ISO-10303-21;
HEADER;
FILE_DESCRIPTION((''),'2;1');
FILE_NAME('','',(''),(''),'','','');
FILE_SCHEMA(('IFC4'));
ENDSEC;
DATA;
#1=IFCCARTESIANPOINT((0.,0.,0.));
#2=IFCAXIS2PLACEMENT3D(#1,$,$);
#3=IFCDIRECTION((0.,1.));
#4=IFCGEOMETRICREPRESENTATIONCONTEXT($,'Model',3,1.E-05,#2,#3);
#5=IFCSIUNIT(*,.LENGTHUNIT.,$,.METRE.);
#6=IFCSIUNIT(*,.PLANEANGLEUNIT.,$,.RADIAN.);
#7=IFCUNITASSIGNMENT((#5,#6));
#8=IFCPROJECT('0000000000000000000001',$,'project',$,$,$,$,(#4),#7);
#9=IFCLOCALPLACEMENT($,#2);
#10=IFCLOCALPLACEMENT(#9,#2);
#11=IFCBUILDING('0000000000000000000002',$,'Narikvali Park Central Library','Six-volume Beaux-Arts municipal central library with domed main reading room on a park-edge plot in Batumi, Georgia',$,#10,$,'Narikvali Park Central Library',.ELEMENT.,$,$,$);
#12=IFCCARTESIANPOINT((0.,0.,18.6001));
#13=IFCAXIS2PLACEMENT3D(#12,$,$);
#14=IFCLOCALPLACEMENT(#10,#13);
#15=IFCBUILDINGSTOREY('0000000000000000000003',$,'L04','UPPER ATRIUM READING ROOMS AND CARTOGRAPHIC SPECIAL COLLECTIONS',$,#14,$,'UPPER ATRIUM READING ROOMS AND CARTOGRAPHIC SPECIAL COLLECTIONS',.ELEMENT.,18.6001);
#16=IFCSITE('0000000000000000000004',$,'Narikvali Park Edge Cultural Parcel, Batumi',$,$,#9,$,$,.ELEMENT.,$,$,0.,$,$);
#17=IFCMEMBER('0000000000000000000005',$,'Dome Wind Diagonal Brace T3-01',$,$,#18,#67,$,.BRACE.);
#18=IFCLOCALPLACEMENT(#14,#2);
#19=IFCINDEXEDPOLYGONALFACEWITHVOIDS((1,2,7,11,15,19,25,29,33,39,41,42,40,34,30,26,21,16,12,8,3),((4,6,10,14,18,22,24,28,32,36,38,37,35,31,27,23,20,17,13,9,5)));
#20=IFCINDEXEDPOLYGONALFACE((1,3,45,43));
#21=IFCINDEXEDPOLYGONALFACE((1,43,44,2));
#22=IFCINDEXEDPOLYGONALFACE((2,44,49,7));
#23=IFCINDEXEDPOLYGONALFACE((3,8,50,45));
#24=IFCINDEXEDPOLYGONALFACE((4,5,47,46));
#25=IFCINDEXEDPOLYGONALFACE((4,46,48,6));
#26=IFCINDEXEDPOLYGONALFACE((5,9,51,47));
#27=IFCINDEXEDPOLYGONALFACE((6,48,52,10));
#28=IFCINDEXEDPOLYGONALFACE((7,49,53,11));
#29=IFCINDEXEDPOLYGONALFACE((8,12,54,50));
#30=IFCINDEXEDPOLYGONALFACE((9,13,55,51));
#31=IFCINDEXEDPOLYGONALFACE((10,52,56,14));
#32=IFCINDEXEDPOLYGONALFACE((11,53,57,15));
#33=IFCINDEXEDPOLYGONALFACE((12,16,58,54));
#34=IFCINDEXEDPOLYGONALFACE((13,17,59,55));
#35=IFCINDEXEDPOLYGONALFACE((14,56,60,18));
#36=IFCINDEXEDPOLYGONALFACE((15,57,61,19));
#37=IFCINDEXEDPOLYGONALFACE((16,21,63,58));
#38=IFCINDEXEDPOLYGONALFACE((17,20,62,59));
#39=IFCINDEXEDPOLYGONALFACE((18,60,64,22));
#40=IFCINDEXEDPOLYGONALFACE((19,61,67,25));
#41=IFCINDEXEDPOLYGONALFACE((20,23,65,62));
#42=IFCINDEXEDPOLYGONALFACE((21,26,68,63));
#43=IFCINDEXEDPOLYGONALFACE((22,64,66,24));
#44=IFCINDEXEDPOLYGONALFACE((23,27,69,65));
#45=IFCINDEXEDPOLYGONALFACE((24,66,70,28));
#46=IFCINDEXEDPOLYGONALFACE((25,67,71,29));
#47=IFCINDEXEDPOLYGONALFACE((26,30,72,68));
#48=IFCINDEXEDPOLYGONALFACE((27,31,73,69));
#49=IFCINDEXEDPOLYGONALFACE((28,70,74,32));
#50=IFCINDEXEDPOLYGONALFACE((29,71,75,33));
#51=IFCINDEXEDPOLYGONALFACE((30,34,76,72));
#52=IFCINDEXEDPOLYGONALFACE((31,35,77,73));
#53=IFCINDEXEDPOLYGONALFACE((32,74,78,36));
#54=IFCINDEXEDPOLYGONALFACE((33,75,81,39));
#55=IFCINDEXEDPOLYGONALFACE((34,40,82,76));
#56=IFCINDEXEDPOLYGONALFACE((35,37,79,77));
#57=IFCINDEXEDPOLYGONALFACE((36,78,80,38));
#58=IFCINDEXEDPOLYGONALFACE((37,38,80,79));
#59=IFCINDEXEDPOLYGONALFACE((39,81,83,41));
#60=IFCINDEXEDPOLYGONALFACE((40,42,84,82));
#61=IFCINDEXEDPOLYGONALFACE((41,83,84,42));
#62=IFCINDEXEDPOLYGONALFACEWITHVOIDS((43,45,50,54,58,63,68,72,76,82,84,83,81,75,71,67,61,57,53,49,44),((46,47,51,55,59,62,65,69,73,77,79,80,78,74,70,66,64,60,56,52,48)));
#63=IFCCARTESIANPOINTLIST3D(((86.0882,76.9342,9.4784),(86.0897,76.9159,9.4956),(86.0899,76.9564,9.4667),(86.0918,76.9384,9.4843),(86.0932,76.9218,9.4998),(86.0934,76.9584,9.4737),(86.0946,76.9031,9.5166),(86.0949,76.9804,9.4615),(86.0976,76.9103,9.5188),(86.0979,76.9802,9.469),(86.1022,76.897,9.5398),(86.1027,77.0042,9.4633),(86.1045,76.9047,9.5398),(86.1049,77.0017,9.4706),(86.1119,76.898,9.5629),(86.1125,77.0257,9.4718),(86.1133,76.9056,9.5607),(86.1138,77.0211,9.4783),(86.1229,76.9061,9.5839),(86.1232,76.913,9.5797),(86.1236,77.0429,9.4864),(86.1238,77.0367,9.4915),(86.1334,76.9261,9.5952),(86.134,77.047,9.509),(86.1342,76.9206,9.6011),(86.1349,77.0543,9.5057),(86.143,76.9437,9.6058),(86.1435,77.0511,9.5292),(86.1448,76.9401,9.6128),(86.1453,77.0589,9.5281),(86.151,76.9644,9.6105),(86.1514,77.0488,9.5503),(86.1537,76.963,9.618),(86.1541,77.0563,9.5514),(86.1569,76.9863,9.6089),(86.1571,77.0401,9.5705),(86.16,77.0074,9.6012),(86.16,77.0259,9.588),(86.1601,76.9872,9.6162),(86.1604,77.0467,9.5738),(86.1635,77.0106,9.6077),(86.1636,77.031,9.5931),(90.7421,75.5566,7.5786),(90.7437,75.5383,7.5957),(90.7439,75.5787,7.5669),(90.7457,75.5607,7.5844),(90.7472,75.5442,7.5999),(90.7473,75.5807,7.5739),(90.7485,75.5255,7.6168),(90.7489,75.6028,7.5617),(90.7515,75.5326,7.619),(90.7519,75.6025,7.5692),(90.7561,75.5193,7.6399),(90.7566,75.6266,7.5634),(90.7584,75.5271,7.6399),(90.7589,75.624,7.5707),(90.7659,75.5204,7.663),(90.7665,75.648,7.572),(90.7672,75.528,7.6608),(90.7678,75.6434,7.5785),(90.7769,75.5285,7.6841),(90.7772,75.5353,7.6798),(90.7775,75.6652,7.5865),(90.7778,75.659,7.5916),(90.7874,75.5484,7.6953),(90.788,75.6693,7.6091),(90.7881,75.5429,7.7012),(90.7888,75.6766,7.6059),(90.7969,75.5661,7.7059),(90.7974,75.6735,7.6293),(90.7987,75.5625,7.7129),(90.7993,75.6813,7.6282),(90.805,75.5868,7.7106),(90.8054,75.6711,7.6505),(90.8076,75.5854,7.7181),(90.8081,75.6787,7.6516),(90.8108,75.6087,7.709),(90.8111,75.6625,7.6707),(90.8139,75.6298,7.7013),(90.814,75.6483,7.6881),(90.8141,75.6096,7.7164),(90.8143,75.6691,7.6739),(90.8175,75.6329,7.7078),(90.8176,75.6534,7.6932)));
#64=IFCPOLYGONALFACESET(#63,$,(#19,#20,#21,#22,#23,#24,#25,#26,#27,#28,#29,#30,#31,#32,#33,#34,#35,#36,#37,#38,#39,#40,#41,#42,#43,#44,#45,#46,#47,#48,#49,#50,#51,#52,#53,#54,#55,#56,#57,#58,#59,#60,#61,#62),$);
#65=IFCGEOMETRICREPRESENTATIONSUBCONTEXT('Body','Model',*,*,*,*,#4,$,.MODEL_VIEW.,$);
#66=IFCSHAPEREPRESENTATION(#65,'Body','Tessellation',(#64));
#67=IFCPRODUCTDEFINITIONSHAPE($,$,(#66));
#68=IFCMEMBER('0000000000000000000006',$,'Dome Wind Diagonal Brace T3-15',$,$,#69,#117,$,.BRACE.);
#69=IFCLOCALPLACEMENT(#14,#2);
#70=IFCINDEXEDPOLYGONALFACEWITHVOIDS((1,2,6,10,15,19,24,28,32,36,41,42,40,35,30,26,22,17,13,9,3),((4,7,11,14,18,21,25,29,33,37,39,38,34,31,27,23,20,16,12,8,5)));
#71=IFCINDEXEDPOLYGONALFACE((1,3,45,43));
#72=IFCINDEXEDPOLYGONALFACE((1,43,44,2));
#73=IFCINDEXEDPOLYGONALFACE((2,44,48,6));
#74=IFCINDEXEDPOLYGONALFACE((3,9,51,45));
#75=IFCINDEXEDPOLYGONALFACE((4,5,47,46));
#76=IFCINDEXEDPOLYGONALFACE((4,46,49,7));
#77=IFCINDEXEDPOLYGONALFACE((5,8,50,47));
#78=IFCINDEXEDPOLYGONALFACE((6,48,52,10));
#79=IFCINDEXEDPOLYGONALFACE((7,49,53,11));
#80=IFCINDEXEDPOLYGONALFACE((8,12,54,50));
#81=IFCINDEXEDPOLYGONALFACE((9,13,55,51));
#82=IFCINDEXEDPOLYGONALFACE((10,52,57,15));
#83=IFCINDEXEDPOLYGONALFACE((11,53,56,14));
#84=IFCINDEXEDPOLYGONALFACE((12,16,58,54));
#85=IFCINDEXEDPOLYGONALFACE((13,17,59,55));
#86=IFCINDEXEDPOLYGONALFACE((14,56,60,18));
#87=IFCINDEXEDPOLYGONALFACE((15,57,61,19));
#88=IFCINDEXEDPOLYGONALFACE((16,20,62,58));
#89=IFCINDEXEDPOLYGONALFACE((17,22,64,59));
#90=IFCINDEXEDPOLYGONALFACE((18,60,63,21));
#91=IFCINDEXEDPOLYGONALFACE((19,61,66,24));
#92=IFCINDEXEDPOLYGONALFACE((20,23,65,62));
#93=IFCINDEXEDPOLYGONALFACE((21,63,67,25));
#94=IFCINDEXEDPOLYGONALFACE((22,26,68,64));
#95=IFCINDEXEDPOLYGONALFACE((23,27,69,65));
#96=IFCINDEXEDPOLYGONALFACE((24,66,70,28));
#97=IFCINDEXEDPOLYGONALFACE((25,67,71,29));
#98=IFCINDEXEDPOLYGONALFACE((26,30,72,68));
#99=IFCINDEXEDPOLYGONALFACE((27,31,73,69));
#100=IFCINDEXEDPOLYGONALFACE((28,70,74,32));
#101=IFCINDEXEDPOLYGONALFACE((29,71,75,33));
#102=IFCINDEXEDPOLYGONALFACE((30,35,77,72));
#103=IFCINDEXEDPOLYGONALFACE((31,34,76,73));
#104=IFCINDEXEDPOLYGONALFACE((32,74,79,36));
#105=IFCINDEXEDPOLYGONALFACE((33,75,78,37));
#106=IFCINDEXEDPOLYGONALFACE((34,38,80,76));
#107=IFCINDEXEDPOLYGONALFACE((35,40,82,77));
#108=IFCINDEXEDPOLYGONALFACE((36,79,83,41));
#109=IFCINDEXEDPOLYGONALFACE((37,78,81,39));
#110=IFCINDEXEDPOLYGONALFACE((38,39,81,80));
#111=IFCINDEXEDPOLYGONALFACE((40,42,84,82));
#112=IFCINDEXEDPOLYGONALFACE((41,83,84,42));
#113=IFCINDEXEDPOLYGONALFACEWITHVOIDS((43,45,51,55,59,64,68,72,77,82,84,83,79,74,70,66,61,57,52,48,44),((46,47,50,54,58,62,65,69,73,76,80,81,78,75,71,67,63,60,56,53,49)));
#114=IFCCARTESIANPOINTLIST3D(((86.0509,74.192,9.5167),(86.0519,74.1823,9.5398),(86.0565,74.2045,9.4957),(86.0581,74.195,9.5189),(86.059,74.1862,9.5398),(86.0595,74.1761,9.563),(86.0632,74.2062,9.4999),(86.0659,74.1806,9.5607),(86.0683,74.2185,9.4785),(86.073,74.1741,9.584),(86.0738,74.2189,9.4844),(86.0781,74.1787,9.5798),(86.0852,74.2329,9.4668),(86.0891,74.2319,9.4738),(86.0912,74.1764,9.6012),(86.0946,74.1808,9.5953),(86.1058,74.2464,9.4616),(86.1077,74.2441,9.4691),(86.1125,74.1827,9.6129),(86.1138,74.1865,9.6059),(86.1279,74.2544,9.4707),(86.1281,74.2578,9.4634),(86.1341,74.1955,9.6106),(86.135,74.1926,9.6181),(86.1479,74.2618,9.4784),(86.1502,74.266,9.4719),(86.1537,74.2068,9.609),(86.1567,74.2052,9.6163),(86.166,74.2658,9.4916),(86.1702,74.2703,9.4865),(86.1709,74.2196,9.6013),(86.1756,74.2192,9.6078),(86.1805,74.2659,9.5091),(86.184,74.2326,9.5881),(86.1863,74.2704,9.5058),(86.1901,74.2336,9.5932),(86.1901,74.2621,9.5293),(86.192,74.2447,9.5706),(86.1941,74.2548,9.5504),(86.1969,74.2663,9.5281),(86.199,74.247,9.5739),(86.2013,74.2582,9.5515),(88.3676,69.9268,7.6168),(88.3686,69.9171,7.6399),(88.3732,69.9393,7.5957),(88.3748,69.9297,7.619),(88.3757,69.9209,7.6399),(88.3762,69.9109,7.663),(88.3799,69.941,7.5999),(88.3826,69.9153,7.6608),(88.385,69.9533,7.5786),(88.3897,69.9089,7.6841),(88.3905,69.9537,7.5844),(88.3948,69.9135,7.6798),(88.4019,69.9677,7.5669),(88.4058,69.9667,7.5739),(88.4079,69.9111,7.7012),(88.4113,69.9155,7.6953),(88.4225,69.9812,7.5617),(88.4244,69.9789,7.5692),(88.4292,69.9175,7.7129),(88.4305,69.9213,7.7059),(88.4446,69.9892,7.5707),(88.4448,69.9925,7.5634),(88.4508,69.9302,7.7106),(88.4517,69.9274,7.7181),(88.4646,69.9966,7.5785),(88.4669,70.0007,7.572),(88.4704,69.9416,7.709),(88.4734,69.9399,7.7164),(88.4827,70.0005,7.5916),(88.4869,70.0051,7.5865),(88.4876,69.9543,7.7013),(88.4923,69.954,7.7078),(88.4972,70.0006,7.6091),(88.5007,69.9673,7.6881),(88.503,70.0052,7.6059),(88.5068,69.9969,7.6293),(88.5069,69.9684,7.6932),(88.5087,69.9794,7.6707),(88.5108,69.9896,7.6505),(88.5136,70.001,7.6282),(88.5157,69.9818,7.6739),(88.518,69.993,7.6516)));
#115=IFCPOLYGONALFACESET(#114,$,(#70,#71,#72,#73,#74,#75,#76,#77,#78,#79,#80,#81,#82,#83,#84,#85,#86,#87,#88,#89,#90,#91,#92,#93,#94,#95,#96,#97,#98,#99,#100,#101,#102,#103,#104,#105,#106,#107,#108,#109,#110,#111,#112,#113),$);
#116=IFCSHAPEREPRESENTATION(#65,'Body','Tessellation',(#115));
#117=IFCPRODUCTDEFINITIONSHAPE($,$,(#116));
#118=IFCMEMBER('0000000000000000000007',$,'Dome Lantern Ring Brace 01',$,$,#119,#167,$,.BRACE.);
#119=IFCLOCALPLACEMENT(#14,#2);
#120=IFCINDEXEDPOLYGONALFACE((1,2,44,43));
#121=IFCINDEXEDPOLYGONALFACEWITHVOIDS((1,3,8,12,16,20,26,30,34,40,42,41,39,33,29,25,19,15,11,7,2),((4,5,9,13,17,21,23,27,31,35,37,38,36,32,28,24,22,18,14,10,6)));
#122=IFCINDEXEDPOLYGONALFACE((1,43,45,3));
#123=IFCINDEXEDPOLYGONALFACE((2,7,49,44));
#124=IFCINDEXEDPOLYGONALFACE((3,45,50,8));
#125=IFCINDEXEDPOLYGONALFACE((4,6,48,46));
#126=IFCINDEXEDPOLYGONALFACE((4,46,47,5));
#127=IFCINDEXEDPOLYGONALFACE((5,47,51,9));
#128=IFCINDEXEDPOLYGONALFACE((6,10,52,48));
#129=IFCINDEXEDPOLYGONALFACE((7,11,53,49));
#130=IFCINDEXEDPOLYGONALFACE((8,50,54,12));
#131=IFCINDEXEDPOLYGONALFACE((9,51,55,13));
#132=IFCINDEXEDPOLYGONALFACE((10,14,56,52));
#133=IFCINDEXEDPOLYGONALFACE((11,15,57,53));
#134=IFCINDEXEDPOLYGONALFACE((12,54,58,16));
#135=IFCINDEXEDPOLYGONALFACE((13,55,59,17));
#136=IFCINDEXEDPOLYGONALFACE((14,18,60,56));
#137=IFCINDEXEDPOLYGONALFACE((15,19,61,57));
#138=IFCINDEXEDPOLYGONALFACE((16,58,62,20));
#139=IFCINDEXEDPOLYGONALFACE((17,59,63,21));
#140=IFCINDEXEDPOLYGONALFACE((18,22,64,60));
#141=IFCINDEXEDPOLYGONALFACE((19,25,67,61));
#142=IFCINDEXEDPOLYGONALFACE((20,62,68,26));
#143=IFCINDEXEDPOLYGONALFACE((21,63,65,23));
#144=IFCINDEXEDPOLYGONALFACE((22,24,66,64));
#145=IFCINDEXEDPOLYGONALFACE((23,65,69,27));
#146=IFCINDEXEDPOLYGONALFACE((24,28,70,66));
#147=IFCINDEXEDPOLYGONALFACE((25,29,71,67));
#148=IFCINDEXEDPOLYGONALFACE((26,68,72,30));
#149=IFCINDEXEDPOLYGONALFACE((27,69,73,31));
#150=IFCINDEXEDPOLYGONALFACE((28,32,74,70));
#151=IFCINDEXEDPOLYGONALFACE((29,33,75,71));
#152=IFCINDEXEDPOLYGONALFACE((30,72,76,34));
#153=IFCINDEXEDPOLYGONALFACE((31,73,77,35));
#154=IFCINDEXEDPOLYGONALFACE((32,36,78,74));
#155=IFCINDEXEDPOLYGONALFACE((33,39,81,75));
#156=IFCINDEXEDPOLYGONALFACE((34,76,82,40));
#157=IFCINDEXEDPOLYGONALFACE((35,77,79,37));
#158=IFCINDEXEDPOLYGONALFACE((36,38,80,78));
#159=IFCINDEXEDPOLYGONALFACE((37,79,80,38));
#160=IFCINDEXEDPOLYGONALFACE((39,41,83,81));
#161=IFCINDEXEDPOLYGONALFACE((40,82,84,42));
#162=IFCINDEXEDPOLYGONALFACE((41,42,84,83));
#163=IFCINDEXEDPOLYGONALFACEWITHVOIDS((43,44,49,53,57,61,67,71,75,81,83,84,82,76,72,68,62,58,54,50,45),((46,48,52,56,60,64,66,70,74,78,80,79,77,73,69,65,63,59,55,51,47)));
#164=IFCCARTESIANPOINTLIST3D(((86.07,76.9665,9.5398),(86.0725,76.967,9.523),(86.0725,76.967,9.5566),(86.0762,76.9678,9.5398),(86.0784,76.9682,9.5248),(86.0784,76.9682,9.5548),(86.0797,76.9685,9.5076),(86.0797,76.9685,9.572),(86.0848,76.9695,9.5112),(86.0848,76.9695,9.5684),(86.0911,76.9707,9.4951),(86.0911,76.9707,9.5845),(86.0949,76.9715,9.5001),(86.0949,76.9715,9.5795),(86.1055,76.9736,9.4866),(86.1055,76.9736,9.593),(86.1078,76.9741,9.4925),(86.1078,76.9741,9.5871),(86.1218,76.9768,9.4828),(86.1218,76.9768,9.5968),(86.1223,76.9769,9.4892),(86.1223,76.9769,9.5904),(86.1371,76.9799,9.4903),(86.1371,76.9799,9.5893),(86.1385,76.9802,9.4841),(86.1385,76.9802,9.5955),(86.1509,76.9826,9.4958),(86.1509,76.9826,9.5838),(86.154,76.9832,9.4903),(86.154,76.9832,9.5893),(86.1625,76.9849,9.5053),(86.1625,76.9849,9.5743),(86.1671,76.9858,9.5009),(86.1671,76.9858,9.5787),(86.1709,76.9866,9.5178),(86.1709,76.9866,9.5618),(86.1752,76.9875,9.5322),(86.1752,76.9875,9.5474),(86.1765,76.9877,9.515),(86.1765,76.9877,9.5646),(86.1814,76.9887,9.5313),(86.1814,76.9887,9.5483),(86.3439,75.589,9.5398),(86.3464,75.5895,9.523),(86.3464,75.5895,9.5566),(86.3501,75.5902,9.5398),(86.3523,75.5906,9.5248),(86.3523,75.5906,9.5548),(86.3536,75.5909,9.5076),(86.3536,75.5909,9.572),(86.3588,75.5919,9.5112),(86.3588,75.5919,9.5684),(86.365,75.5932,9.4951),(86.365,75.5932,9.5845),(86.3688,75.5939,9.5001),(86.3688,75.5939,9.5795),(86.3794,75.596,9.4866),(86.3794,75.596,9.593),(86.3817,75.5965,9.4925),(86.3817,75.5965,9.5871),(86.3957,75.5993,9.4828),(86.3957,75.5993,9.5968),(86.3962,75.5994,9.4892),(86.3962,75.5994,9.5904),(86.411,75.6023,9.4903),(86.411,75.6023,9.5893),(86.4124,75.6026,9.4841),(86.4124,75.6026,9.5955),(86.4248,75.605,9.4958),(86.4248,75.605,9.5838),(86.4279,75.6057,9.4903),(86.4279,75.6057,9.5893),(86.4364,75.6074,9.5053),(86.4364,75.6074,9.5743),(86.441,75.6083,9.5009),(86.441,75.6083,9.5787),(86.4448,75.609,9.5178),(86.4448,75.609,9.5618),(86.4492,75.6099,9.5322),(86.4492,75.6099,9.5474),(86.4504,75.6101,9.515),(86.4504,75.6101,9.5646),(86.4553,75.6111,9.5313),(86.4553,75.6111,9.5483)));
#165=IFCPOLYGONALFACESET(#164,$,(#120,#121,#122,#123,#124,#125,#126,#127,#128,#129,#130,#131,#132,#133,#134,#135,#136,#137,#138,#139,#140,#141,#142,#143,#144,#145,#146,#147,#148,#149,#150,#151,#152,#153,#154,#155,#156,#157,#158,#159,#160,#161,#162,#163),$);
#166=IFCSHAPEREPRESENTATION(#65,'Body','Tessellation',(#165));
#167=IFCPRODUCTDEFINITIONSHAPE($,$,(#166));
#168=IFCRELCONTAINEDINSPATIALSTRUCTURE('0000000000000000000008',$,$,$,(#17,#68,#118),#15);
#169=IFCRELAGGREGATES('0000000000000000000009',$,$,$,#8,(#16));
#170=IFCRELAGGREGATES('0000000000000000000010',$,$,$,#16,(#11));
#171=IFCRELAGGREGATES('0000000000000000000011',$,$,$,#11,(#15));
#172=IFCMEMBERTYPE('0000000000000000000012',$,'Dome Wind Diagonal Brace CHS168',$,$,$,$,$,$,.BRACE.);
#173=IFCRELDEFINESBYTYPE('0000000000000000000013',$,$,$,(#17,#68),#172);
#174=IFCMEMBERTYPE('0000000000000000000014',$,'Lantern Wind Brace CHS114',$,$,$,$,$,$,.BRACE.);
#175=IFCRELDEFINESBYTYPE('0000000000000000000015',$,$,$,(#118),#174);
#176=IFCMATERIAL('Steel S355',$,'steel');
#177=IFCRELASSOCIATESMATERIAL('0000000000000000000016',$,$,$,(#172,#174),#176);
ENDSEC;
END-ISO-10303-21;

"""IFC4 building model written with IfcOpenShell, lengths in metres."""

from ifc_helpers import new_model, si_unit, direction, frame, origin, origin_2d, place, context, subcontext, project, spatial, hollow_circle, extrude, material, material_profile, profile_set, type_object, element, save


model = new_model("IFC4")

# Units and contexts
model_context = context("Model", 3, precision=1e-05, world=origin(), true_north=direction((0.0, 1.0)))
body_context = subcontext(model_context, "Body", "Model", "MODEL_VIEW")
ifc_project = project(units=[si_unit("LENGTHUNIT", "METRE"), si_unit("PLANEANGLEUNIT", "RADIAN")], contexts=[model_context])

# Site, building, storey
site_placement = place(None, origin())
site = spatial("IfcSite", under=ifc_project, at=site_placement, Name="Narikvali Park Edge Cultural Parcel, Batumi", CompositionType="ELEMENT", RefElevation=0.0)
building_placement = place(site_placement, origin())
building = spatial("IfcBuilding", under=site, at=building_placement, Name="Narikvali Park Central Library", Description="Six-volume Beaux-Arts municipal central library with domed main reading room on a park-edge plot in Batumi, Georgia", LongName="Narikvali Park Central Library", CompositionType="ELEMENT")
storey_placement = place(building_placement, frame((0.0, 0.0, 18.6001)))
storey = spatial("IfcBuildingStorey", under=building, at=storey_placement, Name="L04", Description="UPPER ATRIUM READING ROOMS AND CARTOGRAPHIC SPECIAL COLLECTIONS", LongName="UPPER ATRIUM READING ROOMS AND CARTOGRAPHIC SPECIAL COLLECTIONS", CompositionType="ELEMENT", Elevation=18.6001)

# Members
ifc_material_1 = material(Name="Steel S355", Category="steel")
ifc_material_profile_1 = material_profile(ifc_material_1, hollow_circle(Radius=0.0842, WallThickness=0.0081, at=origin_2d()), Name="CHS 168.3x8")
ifc_profile_set_1 = profile_set([ifc_material_profile_1], Name="Steel S355")
member_type_1 = type_object("IfcMemberType", Name="Dome Wind Diagonal Brace CHS168", PredefinedType="BRACE", material=ifc_profile_set_1)
member_1_placement = place(storey_placement, frame((90.78, 75.6001, 7.6399), z_axis=(-0.892902, 0.264315, 0.364505), x_axis=(-0.283843, -0.958871, 0.0)))
element("IfcMember", 1, at=member_1_placement, inside=storey, type_object=member_type_1, Name="Dome Wind Diagonal Brace T3-01", PredefinedType="BRACE", context=body_context, shape_type="SweptSolid", body=[
    extrude(hollow_circle(Radius=0.0842, WallThickness=0.0081, at=origin_2d()), origin(), (0.0, 0.0, 1.0), 5.2122),
])
member_2_placement = place(storey_placement, frame((88.4426, 69.9573, 7.6399), z_axis=(-0.44446, 0.818286, 0.364505), x_axis=(-0.878742, -0.477297, 0.0)))
element("IfcMember", 2, at=member_2_placement, inside=storey, type_object=member_type_1, Name="Dome Wind Diagonal Brace T3-15", PredefinedType="BRACE", context=body_context, shape_type="SweptSolid", body=[
    extrude(hollow_circle(Radius=0.0842, WallThickness=0.0081, at=origin_2d()), origin(), (0.0, 0.0, 1.0), 5.2124),
])
ifc_material_profile_2 = material_profile(ifc_material_1, hollow_circle(Radius=0.0571, WallThickness=0.0063, at=origin_2d()), Name="CHS 114.3x6.3")
ifc_profile_set_2 = profile_set([ifc_material_profile_2], Name="Steel S355")
member_type_2 = type_object("IfcMemberType", Name="Lantern Wind Brace CHS114", PredefinedType="BRACE", material=ifc_profile_set_2)
member_3_placement = place(storey_placement, frame((86.3999, 75.6001, 9.5398), z_axis=(-0.195013, 0.980801, 0.0), x_axis=(-0.980801, -0.195013, 0.0)))
element("IfcMember", 3, at=member_3_placement, inside=storey, type_object=member_type_2, Name="Dome Lantern Ring Brace 01", PredefinedType="BRACE", context=body_context, shape_type="SweptSolid", body=[
    extrude(hollow_circle(Radius=0.0571, WallThickness=0.0063, at=origin_2d()), origin(), (0.0, 0.0, 1.0), 1.4045),
])

save(model, "model.ifc")
